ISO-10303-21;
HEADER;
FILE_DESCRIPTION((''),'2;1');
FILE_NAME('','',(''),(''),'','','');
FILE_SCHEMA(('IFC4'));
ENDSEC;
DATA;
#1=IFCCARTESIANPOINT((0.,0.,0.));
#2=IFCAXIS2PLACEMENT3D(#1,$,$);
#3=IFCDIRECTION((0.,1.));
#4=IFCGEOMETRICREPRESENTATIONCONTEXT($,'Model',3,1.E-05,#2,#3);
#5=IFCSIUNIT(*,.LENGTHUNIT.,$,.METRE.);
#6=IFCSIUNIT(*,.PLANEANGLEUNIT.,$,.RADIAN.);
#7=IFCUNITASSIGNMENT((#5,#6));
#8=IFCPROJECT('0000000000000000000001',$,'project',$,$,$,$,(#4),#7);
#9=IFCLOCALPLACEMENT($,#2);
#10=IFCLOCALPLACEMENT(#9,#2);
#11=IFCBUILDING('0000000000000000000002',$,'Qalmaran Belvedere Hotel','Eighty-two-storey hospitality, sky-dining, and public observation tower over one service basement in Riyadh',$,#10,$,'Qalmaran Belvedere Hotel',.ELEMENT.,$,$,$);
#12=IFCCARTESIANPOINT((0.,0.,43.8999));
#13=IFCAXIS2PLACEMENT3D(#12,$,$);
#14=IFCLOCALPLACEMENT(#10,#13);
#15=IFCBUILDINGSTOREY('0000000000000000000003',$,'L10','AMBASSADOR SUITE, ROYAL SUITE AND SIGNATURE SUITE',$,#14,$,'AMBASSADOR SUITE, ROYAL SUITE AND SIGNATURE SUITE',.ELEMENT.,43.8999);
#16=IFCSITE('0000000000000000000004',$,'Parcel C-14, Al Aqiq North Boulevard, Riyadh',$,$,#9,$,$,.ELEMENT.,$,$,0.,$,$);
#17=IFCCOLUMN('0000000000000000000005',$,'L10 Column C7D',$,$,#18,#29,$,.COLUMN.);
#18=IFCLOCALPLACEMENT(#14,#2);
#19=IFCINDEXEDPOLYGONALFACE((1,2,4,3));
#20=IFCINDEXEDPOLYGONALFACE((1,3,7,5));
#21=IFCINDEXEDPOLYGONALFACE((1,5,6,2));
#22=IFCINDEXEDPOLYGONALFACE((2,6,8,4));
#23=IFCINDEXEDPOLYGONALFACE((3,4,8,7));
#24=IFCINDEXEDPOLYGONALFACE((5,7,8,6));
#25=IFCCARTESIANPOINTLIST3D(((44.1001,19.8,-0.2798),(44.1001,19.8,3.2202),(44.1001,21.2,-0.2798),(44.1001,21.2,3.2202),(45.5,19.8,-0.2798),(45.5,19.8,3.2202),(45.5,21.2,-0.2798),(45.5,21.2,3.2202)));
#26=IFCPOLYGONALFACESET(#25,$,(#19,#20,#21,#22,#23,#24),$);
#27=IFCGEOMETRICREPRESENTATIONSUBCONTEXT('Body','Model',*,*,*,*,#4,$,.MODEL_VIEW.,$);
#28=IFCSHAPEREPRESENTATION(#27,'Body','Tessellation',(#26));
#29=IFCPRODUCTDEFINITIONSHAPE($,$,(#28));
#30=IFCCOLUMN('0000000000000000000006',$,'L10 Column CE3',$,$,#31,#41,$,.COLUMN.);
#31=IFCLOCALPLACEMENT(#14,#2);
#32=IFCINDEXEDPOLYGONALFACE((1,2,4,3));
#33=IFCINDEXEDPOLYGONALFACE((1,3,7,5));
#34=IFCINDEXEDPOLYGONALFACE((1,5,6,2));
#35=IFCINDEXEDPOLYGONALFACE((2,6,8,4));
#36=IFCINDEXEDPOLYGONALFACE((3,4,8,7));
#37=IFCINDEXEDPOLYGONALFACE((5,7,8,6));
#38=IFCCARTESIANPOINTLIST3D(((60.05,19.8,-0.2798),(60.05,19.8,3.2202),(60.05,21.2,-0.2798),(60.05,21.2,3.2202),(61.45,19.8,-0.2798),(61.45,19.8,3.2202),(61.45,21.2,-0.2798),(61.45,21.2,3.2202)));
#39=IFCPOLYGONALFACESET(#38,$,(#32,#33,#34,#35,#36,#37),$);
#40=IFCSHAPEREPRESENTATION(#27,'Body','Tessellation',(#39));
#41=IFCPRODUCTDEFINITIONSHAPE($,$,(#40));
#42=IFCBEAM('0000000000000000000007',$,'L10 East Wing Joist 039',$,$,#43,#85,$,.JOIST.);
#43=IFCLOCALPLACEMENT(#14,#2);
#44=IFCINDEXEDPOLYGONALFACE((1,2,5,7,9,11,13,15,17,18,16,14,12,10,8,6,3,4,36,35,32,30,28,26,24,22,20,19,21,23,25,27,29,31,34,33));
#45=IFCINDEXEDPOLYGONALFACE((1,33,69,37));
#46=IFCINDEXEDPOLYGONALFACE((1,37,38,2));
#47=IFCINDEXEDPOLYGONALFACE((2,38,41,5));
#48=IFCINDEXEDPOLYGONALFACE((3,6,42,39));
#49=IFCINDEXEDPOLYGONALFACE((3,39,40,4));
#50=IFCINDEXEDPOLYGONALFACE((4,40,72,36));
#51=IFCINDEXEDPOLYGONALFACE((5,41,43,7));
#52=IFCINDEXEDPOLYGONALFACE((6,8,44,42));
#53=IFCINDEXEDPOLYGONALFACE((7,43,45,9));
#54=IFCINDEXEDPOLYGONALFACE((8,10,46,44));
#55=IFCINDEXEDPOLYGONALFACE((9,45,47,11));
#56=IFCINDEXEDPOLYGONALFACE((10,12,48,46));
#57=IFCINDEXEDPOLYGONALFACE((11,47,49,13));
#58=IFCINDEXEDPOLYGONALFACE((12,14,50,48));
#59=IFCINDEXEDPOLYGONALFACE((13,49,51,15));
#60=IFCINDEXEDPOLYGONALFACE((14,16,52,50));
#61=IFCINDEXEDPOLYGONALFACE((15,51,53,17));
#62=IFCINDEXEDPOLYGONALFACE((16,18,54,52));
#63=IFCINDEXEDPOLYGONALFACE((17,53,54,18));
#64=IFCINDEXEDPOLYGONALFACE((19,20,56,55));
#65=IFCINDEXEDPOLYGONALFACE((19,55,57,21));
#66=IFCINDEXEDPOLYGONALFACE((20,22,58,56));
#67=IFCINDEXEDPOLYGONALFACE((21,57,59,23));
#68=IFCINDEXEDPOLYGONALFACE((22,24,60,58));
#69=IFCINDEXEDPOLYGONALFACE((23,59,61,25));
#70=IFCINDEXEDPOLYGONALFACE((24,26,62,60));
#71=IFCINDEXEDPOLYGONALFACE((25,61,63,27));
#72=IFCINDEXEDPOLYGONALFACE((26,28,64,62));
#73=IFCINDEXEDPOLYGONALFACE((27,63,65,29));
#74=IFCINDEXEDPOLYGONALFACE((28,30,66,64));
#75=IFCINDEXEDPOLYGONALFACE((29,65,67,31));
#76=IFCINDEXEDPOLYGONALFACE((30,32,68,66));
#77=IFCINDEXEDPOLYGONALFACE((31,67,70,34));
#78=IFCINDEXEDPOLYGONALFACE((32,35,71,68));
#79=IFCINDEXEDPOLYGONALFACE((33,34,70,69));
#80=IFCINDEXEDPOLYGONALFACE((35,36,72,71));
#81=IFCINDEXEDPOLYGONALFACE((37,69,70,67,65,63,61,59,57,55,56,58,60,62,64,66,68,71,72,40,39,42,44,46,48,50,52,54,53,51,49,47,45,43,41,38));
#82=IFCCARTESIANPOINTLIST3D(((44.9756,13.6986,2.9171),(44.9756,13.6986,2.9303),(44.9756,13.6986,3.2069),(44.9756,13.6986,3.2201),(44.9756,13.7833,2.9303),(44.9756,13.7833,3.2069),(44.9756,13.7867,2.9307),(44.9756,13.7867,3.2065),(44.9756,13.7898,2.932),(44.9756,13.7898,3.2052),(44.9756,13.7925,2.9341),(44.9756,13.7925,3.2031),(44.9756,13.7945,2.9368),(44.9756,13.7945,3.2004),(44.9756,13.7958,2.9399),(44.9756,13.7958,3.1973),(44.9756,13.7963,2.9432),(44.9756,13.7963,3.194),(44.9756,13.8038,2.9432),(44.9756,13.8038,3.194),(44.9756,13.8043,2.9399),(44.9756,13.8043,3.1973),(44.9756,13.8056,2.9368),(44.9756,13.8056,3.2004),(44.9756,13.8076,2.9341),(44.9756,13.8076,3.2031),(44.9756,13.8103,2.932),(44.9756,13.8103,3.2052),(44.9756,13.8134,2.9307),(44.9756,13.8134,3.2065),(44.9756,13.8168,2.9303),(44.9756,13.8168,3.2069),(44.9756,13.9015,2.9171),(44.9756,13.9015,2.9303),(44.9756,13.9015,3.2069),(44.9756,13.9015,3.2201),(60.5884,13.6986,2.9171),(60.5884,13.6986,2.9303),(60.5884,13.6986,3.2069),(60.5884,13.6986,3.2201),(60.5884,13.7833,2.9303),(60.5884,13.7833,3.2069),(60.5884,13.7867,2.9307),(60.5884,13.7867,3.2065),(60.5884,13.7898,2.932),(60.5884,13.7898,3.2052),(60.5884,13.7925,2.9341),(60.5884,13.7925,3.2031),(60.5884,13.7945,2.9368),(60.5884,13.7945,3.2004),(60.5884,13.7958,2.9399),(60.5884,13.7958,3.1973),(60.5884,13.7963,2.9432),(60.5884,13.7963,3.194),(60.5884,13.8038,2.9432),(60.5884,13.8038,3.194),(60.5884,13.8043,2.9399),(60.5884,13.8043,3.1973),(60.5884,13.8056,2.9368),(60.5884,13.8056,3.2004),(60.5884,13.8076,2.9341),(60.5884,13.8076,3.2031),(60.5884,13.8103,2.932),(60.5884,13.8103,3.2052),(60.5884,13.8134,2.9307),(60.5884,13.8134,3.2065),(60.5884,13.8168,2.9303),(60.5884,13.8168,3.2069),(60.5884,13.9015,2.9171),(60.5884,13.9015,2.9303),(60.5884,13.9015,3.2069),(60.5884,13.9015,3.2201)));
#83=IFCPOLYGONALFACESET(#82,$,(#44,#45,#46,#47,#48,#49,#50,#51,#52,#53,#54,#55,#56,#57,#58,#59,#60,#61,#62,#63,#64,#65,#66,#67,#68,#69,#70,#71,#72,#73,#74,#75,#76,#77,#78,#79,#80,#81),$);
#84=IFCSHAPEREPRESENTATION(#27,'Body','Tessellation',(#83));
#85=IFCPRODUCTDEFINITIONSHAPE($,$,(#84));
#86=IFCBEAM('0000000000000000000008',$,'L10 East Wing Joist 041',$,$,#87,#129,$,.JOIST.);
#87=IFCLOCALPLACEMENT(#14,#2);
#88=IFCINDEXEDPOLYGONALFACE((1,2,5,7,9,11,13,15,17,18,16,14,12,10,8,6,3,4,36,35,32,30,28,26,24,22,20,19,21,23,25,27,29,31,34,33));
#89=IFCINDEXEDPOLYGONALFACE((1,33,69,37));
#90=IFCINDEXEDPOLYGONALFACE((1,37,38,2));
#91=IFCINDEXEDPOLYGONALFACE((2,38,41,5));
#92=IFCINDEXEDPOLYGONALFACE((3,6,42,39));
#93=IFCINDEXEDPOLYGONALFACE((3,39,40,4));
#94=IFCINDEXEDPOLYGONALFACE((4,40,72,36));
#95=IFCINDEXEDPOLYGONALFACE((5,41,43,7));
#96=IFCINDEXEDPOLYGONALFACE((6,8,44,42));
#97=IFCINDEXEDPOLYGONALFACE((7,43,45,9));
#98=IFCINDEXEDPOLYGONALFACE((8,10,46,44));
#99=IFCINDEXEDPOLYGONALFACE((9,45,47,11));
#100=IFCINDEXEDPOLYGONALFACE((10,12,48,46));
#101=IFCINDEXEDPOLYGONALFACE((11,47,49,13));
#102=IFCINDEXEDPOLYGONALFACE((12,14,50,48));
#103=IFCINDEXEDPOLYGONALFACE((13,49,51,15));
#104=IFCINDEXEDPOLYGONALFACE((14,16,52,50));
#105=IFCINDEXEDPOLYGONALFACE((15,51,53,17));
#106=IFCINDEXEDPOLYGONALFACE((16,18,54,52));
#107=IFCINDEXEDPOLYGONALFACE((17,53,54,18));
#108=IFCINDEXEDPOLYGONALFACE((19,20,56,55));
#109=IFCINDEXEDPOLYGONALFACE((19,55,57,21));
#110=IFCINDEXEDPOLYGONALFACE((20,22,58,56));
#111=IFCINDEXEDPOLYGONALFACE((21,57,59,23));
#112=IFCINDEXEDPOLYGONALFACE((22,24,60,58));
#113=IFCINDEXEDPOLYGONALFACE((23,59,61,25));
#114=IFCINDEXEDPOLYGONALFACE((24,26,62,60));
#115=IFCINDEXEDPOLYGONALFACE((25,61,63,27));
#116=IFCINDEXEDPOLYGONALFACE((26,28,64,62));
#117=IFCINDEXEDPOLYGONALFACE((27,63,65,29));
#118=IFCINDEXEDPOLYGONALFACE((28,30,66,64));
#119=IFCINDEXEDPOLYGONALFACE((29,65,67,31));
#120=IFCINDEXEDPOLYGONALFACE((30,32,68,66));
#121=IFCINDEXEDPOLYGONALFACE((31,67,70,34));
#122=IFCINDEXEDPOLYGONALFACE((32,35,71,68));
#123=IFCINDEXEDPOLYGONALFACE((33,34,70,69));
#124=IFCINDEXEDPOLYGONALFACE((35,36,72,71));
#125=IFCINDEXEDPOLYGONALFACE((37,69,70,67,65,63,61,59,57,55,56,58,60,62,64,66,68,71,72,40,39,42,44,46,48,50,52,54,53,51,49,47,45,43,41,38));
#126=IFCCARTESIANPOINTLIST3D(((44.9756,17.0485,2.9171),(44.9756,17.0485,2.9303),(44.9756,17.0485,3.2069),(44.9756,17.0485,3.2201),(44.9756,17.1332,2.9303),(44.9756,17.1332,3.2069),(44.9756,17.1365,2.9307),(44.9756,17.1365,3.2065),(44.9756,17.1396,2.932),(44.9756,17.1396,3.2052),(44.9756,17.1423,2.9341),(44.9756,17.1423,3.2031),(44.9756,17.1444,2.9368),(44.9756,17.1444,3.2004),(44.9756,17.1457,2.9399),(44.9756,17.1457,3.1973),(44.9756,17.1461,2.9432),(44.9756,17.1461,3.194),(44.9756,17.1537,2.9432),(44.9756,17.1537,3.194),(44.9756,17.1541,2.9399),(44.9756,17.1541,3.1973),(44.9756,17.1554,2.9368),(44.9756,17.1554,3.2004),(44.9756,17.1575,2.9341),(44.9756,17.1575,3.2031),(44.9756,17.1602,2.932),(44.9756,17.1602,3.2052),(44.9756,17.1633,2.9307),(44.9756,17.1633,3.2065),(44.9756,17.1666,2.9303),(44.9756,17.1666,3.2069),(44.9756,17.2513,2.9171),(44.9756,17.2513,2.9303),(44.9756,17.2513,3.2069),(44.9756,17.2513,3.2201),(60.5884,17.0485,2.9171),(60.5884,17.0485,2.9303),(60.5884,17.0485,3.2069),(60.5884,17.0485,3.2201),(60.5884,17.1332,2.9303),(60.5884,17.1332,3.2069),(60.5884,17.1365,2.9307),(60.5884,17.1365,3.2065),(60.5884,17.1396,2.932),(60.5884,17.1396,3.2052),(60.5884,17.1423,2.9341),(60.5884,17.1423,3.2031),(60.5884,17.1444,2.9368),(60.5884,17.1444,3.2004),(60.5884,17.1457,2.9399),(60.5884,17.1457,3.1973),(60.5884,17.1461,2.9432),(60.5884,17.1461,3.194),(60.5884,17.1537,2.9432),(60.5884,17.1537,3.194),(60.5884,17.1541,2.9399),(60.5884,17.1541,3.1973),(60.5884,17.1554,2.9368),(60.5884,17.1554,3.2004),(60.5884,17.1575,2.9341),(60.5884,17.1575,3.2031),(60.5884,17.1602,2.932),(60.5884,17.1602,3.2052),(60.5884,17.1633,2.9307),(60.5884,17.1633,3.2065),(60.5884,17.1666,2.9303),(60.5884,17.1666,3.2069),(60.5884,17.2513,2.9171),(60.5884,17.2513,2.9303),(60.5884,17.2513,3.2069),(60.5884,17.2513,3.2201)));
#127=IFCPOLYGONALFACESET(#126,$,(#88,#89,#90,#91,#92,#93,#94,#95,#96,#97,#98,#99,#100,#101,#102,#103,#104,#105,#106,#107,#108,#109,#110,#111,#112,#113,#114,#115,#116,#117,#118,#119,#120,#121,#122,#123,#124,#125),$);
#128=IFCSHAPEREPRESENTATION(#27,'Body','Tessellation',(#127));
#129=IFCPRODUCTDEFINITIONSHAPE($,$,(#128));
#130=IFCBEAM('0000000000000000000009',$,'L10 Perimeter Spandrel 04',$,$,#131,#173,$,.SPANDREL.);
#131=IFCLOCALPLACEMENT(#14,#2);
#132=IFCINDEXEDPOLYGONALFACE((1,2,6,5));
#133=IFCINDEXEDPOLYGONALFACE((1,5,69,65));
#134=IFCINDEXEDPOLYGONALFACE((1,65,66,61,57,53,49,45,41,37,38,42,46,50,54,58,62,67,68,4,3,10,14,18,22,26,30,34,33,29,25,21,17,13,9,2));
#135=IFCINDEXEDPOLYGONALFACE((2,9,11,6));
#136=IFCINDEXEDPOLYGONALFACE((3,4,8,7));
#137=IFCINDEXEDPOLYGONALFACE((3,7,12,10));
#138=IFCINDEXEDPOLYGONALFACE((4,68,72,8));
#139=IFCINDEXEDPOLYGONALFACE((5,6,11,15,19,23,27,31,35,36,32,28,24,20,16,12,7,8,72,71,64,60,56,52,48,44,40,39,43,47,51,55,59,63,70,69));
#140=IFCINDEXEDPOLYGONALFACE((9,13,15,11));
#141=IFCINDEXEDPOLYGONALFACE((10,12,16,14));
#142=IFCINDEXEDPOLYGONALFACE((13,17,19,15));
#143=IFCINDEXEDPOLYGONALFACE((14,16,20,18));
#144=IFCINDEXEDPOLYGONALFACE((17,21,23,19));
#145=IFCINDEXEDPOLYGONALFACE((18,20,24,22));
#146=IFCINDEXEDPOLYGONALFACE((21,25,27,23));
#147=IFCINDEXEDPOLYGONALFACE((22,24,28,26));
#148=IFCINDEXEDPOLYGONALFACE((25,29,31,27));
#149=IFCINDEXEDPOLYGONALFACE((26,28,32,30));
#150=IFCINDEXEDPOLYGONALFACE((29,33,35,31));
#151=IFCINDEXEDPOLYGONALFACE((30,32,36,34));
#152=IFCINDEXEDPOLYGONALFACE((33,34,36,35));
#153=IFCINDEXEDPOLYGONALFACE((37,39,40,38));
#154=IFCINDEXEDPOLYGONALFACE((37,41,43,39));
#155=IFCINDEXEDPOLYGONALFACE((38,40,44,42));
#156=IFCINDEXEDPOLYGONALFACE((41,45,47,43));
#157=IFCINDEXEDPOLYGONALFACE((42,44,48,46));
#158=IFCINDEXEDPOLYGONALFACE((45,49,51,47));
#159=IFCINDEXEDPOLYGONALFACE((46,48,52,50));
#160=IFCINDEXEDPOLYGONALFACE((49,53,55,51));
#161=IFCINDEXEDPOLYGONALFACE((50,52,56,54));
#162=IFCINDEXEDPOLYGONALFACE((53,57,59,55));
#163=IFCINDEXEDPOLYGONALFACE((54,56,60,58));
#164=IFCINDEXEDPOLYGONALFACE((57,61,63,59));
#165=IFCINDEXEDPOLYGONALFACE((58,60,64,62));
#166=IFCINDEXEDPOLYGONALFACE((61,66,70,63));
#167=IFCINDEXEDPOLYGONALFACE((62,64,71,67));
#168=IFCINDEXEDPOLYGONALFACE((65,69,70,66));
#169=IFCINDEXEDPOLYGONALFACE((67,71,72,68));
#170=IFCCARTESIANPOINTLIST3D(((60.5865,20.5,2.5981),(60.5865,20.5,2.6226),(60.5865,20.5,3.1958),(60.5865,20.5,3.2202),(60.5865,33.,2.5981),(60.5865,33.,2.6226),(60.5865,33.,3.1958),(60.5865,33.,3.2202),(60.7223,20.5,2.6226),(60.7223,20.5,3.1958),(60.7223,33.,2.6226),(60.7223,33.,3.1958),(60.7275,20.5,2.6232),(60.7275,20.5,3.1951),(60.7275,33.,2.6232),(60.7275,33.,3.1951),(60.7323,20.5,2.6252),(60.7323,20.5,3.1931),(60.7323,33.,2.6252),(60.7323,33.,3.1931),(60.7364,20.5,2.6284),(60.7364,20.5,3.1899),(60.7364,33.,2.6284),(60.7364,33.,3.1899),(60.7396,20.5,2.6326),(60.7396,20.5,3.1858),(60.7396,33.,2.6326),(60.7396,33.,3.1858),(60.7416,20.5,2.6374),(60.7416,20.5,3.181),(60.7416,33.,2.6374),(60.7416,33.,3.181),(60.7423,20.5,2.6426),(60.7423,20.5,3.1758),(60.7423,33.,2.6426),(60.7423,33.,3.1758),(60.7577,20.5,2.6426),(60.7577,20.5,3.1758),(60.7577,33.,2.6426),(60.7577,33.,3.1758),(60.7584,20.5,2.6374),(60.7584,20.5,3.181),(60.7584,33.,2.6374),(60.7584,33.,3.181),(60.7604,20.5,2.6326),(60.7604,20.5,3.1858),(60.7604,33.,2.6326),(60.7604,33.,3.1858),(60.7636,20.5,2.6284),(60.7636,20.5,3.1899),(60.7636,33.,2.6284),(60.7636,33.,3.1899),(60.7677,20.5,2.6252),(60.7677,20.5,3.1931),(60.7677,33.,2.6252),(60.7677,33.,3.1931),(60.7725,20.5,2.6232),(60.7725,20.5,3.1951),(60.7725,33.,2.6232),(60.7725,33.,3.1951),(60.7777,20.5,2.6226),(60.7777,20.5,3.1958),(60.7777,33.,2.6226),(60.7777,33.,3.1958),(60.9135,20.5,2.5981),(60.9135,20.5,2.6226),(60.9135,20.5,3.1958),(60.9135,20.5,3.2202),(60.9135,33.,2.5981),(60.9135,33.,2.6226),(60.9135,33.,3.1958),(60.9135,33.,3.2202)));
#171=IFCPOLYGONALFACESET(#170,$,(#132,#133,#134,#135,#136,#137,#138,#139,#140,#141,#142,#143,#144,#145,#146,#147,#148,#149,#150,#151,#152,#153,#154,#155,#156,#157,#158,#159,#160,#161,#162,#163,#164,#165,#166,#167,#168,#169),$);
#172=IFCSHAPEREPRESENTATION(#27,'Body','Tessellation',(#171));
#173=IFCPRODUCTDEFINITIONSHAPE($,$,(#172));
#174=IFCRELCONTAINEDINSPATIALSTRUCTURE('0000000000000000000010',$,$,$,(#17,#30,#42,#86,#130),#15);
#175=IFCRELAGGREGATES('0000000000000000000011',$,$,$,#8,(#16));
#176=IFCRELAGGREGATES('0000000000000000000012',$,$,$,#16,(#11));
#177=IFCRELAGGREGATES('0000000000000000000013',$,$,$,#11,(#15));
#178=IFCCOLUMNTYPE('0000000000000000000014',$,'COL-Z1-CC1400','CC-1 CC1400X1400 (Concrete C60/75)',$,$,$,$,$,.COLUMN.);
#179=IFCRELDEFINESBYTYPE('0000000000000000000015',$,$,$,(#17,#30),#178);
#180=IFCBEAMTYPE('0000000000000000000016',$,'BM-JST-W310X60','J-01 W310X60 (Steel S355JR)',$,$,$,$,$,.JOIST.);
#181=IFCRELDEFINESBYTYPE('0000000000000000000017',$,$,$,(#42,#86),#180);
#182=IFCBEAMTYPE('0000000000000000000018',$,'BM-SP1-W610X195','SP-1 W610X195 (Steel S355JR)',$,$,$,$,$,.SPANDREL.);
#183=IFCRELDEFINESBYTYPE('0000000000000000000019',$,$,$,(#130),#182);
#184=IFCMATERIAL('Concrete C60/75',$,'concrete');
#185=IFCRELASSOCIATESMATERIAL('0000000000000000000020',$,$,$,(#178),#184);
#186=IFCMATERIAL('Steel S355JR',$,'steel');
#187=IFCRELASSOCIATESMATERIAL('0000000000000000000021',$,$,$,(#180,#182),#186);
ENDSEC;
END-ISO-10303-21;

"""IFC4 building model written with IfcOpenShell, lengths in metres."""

from ifc_helpers import new_model, si_unit, direction, frame, origin, origin_2d, place, context, subcontext, project, spatial, rectangle, i_section, extrude, material, material_profile, profile_set, type_object, element, save


model = new_model("IFC4")

# Units and contexts
model_context = context("Model", 3, precision=1e-05, world=origin(), true_north=direction((0.0, 1.0)))
body_context = subcontext(model_context, "Body", "Model", "MODEL_VIEW")
ifc_project = project(units=[si_unit("LENGTHUNIT", "METRE"), si_unit("PLANEANGLEUNIT", "RADIAN")], contexts=[model_context])

# Site, building, storey
site_placement = place(None, origin())
site = spatial("IfcSite", under=ifc_project, at=site_placement, Name="Parcel C-14, Al Aqiq North Boulevard, Riyadh", CompositionType="ELEMENT", RefElevation=0.0)
building_placement = place(site_placement, origin())
building = spatial("IfcBuilding", under=site, at=building_placement, Name="Qalmaran Belvedere Hotel", Description="Eighty-two-storey hospitality, sky-dining, and public observation tower over one service basement in Riyadh", LongName="Qalmaran Belvedere Hotel", CompositionType="ELEMENT")
storey_placement = place(building_placement, frame((0.0, 0.0, 43.8999)))
storey = spatial("IfcBuildingStorey", under=building, at=storey_placement, Name="L10", Description="AMBASSADOR SUITE, ROYAL SUITE AND SIGNATURE SUITE", LongName="AMBASSADOR SUITE, ROYAL SUITE AND SIGNATURE SUITE", CompositionType="ELEMENT", Elevation=43.8999)

# Columns
ifc_material_1 = material(Name="Concrete C60/75", Category="concrete")
ifc_material_profile_1 = material_profile(ifc_material_1, rectangle(XDim=1.3999, YDim=1.3999, at=origin_2d()), Name="CC1400X1400")
ifc_profile_set_1 = profile_set([ifc_material_profile_1], Name="Concrete C60/75")
column_type = type_object("IfcColumnType", Name="COL-Z1-CC1400", Description="CC-1 CC1400X1400 (Concrete C60/75)", PredefinedType="COLUMN", material=ifc_profile_set_1)
for number, where, z_axis, x_axis, name in (
    (1, (44.8, 20.5, -0.2798), (0.0, 0.0, 1.0), (1.0, 0.0, 0.0), "L10 Column C7D"),
    (2, (60.75, 20.5, -0.2798), (0.0, 0.0, 1.0), (1.0, 0.0, 0.0), "L10 Column CE3"),
):
    element("IfcColumn", number, at=place(storey_placement, frame(where, z_axis=z_axis, x_axis=x_axis)), inside=storey, type_object=column_type, Name=name, PredefinedType="COLUMN", context=body_context, shape_type="SweptSolid", body=[
        extrude(rectangle(XDim=1.3999, YDim=1.3999, at=origin_2d()), origin(), (0.0, 0.0, 1.0), 3.5),
    ])

# Beams
ifc_material_2 = material(Name="Steel S355JR", Category="steel")
ifc_material_profile_2 = material_profile(ifc_material_2, i_section(OverallWidth=0.2029, OverallDepth=0.303, WebThickness=0.0076, FlangeThickness=0.0132, FilletRadius=0.0129, at=origin_2d()), Name="W310X60")
ifc_profile_set_2 = profile_set([ifc_material_profile_2], Name="Steel S355JR")
beam_type_1 = type_object("IfcBeamType", Name="BM-JST-W310X60", Description="J-01 W310X60 (Steel S355JR)", PredefinedType="JOIST", material=ifc_profile_set_2)
for number, where, z_axis, x_axis, name in (
    (3, (44.9756, 13.8, 3.0686), (1.0, 0.0, 0.0), (0.0, 1.0, 0.0), "L10 East Wing Joist 039"),
    (4, (44.9756, 17.1499, 3.0686), (1.0, 0.0, 0.0), (0.0, 1.0, 0.0), "L10 East Wing Joist 041"),
):
    element("IfcBeam", number, at=place(storey_placement, frame(where, z_axis=z_axis, x_axis=x_axis)), inside=storey, type_object=beam_type_1, Name=name, PredefinedType="JOIST", context=body_context, shape_type="SweptSolid", body=[
        extrude(i_section(OverallWidth=0.2029, OverallDepth=0.303, WebThickness=0.0076, FlangeThickness=0.0132, FilletRadius=0.0129, at=origin_2d()), origin(), (0.0, 0.0, 1.0), 15.6128),
    ])
ifc_material_profile_3 = material_profile(ifc_material_2, i_section(OverallWidth=0.3269, OverallDepth=0.6221, WebThickness=0.0154, FlangeThickness=0.0244, FilletRadius=0.02, at=origin_2d()), Name="W610X195")
ifc_profile_set_3 = profile_set([ifc_material_profile_3], Name="Steel S355JR")
beam_type_2 = type_object("IfcBeamType", Name="BM-SP1-W610X195", Description="SP-1 W610X195 (Steel S355JR)", PredefinedType="SPANDREL", material=ifc_profile_set_3)
beam_1_placement = place(storey_placement, frame((60.75, 20.5, 2.9092), z_axis=(0.0, 1.0, 0.0), x_axis=(-1.0, 0.0, 0.0)))
element("IfcBeam", 5, at=beam_1_placement, inside=storey, type_object=beam_type_2, Name="L10 Perimeter Spandrel 04", PredefinedType="SPANDREL", context=body_context, shape_type="SweptSolid", body=[
    extrude(i_section(OverallWidth=0.3269, OverallDepth=0.6221, WebThickness=0.0154, FlangeThickness=0.0244, FilletRadius=0.02, at=origin_2d()), origin(), (0.0, 0.0, 1.0), 12.5),
])

save(model, "model.ifc")
